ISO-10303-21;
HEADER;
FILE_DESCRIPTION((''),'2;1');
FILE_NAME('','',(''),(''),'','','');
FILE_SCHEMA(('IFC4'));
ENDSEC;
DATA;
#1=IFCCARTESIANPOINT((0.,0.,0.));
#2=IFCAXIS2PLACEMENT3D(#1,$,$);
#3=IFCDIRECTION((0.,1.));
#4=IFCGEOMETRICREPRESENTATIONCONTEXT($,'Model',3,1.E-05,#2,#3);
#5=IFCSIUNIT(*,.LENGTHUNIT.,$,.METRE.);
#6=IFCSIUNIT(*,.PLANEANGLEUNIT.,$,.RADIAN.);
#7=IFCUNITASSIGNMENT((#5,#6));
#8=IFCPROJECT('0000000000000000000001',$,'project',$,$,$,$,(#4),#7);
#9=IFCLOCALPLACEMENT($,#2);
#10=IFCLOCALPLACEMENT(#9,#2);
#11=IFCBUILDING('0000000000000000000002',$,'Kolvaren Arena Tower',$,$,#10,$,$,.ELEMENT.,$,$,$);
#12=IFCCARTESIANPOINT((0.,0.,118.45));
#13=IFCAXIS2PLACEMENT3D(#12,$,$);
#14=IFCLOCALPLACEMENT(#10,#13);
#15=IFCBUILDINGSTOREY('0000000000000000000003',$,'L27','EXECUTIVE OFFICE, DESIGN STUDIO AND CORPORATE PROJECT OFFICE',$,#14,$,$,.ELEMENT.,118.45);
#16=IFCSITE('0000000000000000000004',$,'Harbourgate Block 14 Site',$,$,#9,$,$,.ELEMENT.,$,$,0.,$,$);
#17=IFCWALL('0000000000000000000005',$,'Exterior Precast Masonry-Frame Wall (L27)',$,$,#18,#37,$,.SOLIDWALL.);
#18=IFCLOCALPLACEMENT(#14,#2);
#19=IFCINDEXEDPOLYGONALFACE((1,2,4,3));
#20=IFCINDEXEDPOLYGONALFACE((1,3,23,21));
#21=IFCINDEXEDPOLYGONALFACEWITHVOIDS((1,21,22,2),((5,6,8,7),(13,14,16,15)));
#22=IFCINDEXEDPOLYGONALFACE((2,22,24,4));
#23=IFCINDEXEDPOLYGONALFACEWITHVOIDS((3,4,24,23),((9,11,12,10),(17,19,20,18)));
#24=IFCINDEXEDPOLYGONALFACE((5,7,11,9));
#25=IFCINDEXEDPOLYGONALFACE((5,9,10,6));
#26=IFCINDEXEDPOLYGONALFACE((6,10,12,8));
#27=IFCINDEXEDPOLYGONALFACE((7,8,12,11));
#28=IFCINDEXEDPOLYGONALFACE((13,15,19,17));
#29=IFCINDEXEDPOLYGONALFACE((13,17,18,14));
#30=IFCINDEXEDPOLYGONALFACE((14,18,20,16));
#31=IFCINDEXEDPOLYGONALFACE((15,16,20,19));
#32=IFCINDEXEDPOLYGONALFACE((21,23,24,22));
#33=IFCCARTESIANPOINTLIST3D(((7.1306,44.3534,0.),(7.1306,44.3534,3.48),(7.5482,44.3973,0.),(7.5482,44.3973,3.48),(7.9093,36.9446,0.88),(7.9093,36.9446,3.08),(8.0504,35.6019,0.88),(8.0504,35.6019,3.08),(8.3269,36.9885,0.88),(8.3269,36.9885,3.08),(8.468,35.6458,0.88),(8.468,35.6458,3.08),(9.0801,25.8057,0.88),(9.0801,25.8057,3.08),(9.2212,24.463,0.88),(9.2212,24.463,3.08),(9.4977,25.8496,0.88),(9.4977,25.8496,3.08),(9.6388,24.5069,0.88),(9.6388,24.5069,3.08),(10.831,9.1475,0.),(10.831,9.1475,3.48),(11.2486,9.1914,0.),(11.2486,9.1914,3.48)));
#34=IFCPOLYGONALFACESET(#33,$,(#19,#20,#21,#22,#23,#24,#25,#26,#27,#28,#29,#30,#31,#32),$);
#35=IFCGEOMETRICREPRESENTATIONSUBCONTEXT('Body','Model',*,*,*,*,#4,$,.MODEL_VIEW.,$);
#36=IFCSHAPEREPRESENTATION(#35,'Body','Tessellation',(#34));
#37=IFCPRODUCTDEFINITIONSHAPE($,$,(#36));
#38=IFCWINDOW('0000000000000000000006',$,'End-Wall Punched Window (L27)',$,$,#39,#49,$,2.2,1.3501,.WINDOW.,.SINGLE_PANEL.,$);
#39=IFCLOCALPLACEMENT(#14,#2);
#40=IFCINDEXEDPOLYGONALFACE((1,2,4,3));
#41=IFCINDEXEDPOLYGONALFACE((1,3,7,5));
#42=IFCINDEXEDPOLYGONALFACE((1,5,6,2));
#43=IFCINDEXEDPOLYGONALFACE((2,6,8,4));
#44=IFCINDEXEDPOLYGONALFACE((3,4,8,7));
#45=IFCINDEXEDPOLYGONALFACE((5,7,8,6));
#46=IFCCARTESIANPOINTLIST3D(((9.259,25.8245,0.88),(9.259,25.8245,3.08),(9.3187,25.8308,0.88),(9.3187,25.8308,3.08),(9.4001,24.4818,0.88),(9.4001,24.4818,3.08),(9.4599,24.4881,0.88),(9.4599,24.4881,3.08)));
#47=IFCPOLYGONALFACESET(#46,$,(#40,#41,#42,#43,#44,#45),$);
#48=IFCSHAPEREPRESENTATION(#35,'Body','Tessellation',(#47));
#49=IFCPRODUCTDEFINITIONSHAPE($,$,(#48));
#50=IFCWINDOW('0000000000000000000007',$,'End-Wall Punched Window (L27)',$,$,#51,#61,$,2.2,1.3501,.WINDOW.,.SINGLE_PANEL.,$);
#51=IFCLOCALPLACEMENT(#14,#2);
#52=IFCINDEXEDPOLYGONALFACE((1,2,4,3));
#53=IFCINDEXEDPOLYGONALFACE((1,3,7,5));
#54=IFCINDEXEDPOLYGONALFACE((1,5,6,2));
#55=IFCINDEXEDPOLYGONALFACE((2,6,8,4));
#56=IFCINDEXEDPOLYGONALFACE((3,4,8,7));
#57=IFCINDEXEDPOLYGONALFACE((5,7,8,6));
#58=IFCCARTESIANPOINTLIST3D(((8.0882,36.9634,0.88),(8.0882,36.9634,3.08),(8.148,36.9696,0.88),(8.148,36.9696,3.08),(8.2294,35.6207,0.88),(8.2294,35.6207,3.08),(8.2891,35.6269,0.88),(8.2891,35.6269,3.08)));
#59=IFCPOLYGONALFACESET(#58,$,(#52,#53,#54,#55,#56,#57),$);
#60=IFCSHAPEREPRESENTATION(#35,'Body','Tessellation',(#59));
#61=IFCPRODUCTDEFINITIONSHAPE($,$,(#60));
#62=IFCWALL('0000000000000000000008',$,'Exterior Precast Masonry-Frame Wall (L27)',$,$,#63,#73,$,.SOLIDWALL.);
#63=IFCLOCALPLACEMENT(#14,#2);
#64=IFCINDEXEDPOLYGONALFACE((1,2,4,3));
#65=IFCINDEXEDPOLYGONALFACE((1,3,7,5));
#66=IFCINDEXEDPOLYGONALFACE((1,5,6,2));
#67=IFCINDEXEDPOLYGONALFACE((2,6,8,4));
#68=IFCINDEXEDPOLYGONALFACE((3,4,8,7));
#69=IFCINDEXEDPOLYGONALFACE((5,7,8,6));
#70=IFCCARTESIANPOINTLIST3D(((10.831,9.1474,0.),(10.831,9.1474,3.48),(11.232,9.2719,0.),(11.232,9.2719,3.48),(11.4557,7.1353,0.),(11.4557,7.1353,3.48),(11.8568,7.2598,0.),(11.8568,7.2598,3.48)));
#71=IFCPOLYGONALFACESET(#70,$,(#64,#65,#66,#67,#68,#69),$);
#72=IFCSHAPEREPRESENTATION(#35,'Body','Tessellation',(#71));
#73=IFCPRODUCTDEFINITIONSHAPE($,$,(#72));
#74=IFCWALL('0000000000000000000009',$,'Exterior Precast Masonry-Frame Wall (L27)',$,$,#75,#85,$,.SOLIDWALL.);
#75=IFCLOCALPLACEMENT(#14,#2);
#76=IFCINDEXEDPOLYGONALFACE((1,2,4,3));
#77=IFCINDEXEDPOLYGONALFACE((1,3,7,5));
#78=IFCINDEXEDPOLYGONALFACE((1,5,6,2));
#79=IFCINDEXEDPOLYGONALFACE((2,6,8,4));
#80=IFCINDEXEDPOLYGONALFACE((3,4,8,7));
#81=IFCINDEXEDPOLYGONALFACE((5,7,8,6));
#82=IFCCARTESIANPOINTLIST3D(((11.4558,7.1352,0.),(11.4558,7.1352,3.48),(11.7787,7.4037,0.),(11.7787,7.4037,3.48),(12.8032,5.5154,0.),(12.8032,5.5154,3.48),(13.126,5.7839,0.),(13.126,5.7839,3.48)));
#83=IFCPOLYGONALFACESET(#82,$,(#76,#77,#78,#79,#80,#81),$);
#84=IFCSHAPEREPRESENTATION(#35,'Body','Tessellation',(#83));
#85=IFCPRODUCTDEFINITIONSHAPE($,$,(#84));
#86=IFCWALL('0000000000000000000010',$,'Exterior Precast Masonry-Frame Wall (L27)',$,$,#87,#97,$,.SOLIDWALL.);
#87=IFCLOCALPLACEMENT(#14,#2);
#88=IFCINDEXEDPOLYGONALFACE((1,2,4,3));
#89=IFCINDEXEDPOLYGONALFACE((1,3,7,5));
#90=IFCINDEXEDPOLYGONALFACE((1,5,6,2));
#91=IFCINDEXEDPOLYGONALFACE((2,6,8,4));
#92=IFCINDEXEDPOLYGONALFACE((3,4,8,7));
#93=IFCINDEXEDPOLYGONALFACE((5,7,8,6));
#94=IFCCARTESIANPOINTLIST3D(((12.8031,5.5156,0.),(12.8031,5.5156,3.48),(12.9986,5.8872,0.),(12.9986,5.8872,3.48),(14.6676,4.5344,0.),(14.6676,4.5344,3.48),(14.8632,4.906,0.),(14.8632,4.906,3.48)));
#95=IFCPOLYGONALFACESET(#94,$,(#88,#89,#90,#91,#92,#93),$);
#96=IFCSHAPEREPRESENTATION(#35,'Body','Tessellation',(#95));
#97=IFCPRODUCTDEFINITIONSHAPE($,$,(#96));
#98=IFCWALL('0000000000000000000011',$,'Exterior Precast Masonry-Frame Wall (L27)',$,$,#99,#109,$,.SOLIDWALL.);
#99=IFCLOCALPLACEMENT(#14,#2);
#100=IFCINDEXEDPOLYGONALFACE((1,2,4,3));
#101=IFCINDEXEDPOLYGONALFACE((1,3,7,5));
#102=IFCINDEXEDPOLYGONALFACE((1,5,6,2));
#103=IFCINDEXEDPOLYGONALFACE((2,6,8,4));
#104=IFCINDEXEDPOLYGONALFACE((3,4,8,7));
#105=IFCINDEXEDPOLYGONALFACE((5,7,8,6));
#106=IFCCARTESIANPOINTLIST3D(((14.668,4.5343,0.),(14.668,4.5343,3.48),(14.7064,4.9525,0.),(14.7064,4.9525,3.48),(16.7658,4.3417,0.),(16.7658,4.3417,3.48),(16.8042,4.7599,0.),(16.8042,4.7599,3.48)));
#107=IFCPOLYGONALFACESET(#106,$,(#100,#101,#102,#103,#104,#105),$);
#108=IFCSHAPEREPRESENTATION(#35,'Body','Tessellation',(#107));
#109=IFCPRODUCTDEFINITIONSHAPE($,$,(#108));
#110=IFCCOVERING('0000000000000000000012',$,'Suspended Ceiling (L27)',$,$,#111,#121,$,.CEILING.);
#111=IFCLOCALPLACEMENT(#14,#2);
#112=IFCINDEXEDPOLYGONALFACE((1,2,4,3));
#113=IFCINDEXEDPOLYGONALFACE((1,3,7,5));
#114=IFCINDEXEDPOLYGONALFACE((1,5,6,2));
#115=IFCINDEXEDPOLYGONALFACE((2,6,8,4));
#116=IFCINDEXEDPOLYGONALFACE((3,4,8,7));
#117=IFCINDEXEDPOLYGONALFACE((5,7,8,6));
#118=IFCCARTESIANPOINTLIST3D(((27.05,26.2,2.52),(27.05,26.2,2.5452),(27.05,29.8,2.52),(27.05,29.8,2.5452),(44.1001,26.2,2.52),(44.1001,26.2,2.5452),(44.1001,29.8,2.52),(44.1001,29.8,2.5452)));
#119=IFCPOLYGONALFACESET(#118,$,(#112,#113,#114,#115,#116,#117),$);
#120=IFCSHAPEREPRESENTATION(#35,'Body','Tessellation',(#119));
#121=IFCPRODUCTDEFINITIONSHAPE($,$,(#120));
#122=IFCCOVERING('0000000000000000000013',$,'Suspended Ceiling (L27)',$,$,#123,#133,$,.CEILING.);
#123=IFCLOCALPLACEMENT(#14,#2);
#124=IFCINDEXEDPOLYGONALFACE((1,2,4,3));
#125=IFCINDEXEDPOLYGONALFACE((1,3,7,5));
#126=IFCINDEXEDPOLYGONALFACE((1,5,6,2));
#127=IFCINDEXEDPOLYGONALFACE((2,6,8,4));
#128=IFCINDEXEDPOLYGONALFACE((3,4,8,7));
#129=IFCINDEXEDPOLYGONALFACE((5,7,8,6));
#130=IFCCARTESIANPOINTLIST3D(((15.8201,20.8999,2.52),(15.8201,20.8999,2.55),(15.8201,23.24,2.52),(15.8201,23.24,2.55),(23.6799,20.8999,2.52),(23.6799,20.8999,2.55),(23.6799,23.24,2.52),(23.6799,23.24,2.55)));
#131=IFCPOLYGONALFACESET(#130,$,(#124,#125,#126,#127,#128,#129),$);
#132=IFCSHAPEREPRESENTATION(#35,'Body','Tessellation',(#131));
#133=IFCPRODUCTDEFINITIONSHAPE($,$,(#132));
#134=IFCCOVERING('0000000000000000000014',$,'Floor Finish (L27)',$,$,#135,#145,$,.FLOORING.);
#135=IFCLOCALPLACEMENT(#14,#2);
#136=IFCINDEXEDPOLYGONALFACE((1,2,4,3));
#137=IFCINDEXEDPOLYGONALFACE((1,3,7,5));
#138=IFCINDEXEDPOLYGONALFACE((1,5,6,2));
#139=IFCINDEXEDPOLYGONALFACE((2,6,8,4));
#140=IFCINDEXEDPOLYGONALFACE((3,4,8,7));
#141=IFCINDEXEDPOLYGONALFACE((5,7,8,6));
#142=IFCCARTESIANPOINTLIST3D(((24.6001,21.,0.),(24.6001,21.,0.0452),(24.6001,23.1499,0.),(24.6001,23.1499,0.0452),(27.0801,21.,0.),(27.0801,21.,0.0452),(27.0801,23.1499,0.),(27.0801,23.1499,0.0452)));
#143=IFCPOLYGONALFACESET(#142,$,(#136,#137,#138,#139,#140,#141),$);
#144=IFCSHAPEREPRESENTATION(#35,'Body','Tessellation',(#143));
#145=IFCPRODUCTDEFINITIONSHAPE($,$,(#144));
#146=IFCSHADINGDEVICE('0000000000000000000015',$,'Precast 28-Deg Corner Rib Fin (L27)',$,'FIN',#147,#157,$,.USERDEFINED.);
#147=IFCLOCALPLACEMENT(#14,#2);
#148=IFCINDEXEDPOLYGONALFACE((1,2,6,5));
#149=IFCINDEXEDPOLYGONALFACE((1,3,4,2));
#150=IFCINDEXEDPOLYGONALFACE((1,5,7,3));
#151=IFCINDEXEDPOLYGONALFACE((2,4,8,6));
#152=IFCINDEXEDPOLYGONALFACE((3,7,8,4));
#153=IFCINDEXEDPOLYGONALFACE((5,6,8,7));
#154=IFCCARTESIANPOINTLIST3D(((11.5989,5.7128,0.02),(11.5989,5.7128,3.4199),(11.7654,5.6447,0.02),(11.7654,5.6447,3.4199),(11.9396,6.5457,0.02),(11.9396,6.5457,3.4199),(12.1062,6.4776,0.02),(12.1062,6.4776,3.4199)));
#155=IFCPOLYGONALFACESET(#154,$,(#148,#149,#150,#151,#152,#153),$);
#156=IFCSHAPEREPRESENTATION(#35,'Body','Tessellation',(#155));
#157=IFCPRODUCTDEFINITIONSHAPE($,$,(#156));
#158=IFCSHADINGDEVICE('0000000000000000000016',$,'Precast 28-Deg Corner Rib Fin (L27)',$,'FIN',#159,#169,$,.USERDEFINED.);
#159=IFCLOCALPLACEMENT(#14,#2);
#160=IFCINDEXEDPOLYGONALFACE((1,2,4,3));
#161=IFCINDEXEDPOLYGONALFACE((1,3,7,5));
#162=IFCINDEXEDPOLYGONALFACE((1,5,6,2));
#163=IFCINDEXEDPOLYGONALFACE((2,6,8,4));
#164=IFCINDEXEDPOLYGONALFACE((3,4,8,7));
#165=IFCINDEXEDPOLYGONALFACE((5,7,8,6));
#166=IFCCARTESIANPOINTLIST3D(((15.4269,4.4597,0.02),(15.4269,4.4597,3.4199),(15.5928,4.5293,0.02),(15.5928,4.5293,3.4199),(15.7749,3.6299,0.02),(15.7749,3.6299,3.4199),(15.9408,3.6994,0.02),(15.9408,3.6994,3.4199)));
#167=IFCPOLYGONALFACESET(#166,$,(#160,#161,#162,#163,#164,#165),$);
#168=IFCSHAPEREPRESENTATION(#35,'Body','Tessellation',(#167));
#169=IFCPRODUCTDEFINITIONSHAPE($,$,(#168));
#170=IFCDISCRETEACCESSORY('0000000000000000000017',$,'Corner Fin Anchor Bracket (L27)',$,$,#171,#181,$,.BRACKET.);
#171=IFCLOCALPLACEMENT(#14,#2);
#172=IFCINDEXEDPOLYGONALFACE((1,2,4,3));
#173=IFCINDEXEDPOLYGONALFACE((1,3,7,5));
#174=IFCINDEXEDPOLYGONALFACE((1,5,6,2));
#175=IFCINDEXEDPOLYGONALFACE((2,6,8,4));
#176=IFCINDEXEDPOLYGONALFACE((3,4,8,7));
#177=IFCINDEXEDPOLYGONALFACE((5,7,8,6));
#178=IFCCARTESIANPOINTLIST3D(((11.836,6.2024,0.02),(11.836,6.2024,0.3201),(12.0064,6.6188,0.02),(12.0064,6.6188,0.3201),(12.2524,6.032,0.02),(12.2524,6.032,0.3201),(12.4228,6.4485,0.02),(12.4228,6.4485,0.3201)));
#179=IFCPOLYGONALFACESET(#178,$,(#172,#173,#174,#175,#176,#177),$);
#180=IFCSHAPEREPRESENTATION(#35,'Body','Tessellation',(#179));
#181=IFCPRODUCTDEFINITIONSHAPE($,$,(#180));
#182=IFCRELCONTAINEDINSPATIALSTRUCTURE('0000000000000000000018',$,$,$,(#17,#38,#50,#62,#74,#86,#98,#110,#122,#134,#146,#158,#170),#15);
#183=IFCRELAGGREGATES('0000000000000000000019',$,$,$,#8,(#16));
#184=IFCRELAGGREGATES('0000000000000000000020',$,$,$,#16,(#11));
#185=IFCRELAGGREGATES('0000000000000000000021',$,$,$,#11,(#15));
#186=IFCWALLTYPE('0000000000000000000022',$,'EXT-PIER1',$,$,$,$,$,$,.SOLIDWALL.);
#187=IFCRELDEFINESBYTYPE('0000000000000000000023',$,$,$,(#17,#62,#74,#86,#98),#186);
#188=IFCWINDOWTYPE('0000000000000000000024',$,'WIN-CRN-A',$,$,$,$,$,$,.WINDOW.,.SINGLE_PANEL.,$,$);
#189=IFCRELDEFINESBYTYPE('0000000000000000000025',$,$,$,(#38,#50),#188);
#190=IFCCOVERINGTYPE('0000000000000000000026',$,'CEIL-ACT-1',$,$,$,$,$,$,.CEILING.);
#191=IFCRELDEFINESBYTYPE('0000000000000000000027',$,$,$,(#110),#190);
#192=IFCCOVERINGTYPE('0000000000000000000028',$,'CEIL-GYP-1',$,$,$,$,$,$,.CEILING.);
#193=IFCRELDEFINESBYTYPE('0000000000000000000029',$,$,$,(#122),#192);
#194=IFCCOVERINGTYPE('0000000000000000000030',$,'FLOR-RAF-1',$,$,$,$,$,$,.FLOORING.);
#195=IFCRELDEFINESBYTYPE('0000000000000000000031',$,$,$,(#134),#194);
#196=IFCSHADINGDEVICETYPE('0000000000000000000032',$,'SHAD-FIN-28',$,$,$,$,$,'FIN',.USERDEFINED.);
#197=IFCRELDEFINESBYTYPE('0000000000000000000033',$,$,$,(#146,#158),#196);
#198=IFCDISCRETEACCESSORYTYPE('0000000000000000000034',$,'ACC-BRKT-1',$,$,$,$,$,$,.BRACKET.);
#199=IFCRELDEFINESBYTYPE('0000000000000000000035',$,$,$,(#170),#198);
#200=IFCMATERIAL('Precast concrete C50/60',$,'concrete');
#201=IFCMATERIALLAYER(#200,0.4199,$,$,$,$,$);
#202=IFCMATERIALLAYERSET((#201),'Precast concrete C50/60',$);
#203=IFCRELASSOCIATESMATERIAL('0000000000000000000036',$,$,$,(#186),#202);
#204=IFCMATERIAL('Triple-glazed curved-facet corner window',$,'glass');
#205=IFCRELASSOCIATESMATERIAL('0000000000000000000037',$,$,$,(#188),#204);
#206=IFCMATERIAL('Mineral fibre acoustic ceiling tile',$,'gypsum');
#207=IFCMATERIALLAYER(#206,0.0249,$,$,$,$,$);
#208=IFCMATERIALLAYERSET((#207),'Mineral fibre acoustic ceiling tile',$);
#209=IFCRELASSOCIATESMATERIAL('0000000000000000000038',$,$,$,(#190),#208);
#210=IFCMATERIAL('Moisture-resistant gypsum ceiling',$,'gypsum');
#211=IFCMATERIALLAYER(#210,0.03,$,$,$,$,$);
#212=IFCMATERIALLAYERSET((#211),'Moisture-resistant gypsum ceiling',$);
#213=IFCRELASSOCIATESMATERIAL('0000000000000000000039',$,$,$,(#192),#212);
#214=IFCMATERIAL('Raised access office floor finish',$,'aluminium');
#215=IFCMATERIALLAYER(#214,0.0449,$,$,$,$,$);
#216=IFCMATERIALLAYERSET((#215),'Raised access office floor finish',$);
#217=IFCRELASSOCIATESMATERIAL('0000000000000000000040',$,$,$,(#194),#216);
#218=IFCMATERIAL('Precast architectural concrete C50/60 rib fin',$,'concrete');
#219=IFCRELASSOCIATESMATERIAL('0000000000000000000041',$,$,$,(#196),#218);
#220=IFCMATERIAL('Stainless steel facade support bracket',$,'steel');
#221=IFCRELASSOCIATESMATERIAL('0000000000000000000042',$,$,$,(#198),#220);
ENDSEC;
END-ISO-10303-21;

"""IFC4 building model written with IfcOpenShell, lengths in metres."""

from ifc_helpers import new_model, si_unit, direction, frame, frame_2d, origin, origin_2d, place, context, subcontext, project, spatial, polyline, rectangle, outline, extrude, material, layer, layer_set, type_object, element, fill, save


model = new_model("IFC4")

# Units and contexts
model_context = context("Model", 3, precision=1e-05, world=origin(), true_north=direction((0.0, 1.0)))
body_context = subcontext(model_context, "Body", "Model", "MODEL_VIEW")
ifc_project = project(units=[si_unit("LENGTHUNIT", "METRE"), si_unit("PLANEANGLEUNIT", "RADIAN")], contexts=[model_context])

# Site, building, storey
site_placement = place(None, origin())
site = spatial("IfcSite", under=ifc_project, at=site_placement, Name="Harbourgate Block 14 Site", CompositionType="ELEMENT", RefElevation=0.0)
building_placement = place(site_placement, origin())
building = spatial("IfcBuilding", under=site, at=building_placement, Name="Kolvaren Arena Tower", CompositionType="ELEMENT")
storey_placement = place(building_placement, frame((0.0, 0.0, 118.45)))
storey = spatial("IfcBuildingStorey", under=building, at=storey_placement, Name="L27", Description="EXECUTIVE OFFICE, DESIGN STUDIO AND CORPORATE PROJECT OFFICE", CompositionType="ELEMENT", Elevation=118.45)

# Wall, openings, windows
ifc_material_1 = material(Name="Precast concrete C50/60", Category="concrete")
ifc_layer_1 = layer(ifc_material_1, 0.4199)
ifc_layer_set_1 = layer_set([ifc_layer_1], Name="Precast concrete C50/60")
wall_type = type_object("IfcWallType", Name="EXT-PIER1", PredefinedType="SOLIDWALL", material=ifc_layer_set_1)
wall_1_placement = place(storey_placement, frame((11.0398, 9.1694, 0.0), z_axis=(0.0, 0.0, 1.0), x_axis=(-0.104532, 0.994522, 0.0)))
wall_1 = element("IfcWall", 1, at=wall_1_placement, inside=storey, type_object=wall_type, Name="Exterior Precast Masonry-Frame Wall (L27)", PredefinedType="SOLIDWALL", context=body_context, shape_type="SweptSolid", body=[
    extrude(rectangle(XDim=35.3999, YDim=0.4199, at=frame_2d((17.7, 0.0))), origin(), (0.0, 0.0, 1.0), 3.48),
])
opening_1_placement = place(wall_1_placement, frame((15.3999, 0.0, 0.8799)))
opening_1 = element("IfcOpeningElement", 2, at=opening_1_placement, cuts=wall_1, PredefinedType="OPENING", context=body_context, shape_type="SweptSolid", body=[
    extrude(rectangle(XDim=1.3501, YDim=2.2, at=frame_2d((0.675, 1.1001))), frame((0.0, 0.22, 0.0), z_axis=(0.0, -1.0, 0.0), x_axis=(1.0, 0.0, 0.0)), (0.0, 0.0, 1.0), 0.4399),
])
opening_2_placement = place(wall_1_placement, frame((26.6001, 0.0, 0.8799)))
opening_2 = element("IfcOpeningElement", 3, at=opening_2_placement, cuts=wall_1, PredefinedType="OPENING", context=body_context, shape_type="SweptSolid", body=[
    extrude(rectangle(XDim=1.3501, YDim=2.2, at=frame_2d((0.675, 1.1001))), frame((0.0, 0.22, 0.0), z_axis=(0.0, -1.0, 0.0), x_axis=(1.0, 0.0, 0.0)), (0.0, 0.0, 1.0), 0.4399),
])
ifc_material_2 = material(Name="Triple-glazed curved-facet corner window", Category="glass")
window_type = type_object("IfcWindowType", Name="WIN-CRN-A", PartitioningType="SINGLE_PANEL", PredefinedType="WINDOW", material=ifc_material_2)
window_1_placement = place(opening_1_placement, origin())
window_1 = element("IfcWindow", 4, at=window_1_placement, inside=storey, type_object=window_type, Name="End-Wall Punched Window (L27)", OverallHeight=2.2, OverallWidth=1.3501, PartitioningType="SINGLE_PANEL", PredefinedType="WINDOW", context=body_context, shape_type="SweptSolid", body=[
    extrude(rectangle(XDim=1.3501, YDim=2.2, at=frame_2d((0.675, 1.1001))), frame((0.0, 0.03, 0.0), z_axis=(0.0, -1.0, 0.0), x_axis=(1.0, 0.0, 0.0)), (0.0, 0.0, 1.0), 0.0601),
])
fill(opening_1, window_1)
window_2_placement = place(opening_2_placement, origin())
window_2 = element("IfcWindow", 5, at=window_2_placement, inside=storey, type_object=window_type, Name="End-Wall Punched Window (L27)", OverallHeight=2.2, OverallWidth=1.3501, PartitioningType="SINGLE_PANEL", PredefinedType="WINDOW", context=body_context, shape_type="SweptSolid", body=[
    extrude(rectangle(XDim=1.3501, YDim=2.2, at=frame_2d((0.675, 1.1001))), frame((0.0, 0.03, 0.0), z_axis=(0.0, -1.0, 0.0), x_axis=(1.0, 0.0, 0.0)), (0.0, 0.0, 1.0), 0.0601),
])
fill(opening_2, window_2)

# Walls
for number, where, z_axis, x_axis, name in (
    (6, (11.6562, 7.1975, 0.0), (0.0, 0.0, 1.0), (-0.296519, 0.955027, 0.0), "Exterior Precast Masonry-Frame Wall (L27)"),
    (7, (12.9646, 5.6497, 0.0), (0.0, 0.0, 1.0), (-0.639489, 0.7688, 0.0), "Exterior Precast Masonry-Frame Wall (L27)"),
    (8, (14.7654, 4.7202, 0.0), (0.0, 0.0, 1.0), (-0.884941, 0.465703, 0.0), "Exterior Precast Masonry-Frame Wall (L27)"),
):
    element("IfcWall", number, at=place(storey_placement, frame(where, z_axis=z_axis, x_axis=x_axis)), inside=storey, type_object=wall_type, Name=name, PredefinedType="SOLIDWALL", context=body_context, shape_type="SweptSolid", body=[
        extrude(rectangle(XDim=2.1069, YDim=0.4199, at=frame_2d((1.0535, 0.0))), origin(), (0.0, 0.0, 1.0), 3.48),
    ])
wall_2_placement = place(storey_placement, frame((16.7849, 4.5508, 0.0), z_axis=(0.0, 0.0, 1.0), x_axis=(-0.995811, 0.091434, 0.0)))
element("IfcWall", 9, at=wall_2_placement, inside=storey, type_object=wall_type, Name="Exterior Precast Masonry-Frame Wall (L27)", PredefinedType="SOLIDWALL", context=body_context, shape_type="SweptSolid", body=[
    extrude(rectangle(XDim=2.1067, YDim=0.4199, at=frame_2d((1.0532, 0.0))), origin(), (0.0, 0.0, 1.0), 3.48),
])

# Coverings
ifc_material_3 = material(Name="Mineral fibre acoustic ceiling tile", Category="gypsum")
ifc_layer_2 = layer(ifc_material_3, 0.0249)
ifc_layer_set_2 = layer_set([ifc_layer_2], Name="Mineral fibre acoustic ceiling tile")
covering_type_1 = type_object("IfcCoveringType", Name="CEIL-ACT-1", PredefinedType="CEILING", material=ifc_layer_set_2)
covering_1_placement = place(storey_placement, frame((0.0, 0.0, 2.52)))
element("IfcCovering", 10, at=covering_1_placement, inside=storey, type_object=covering_type_1, Name="Suspended Ceiling (L27)", PredefinedType="CEILING", context=body_context, shape_type="SweptSolid", body=[
    extrude(outline(polyline([(27.05, 26.2), (27.05, 29.8), (44.1001, 29.8), (44.1001, 26.2), (27.05, 26.2)])), origin(), (0.0, 0.0, 1.0), 0.0251),
])
ifc_material_4 = material(Name="Moisture-resistant gypsum ceiling", Category="gypsum")
ifc_layer_3 = layer(ifc_material_4, 0.03)
ifc_layer_set_3 = layer_set([ifc_layer_3], Name="Moisture-resistant gypsum ceiling")
covering_type_2 = type_object("IfcCoveringType", Name="CEIL-GYP-1", PredefinedType="CEILING", material=ifc_layer_set_3)
covering_2_placement = place(storey_placement, frame((0.0, 0.0, 2.52)))
element("IfcCovering", 11, at=covering_2_placement, inside=storey, type_object=covering_type_2, Name="Suspended Ceiling (L27)", PredefinedType="CEILING", context=body_context, shape_type="SweptSolid", body=[
    extrude(outline(polyline([(15.8201, 20.8999), (15.8201, 23.24), (23.6799, 23.24), (23.6799, 20.8999), (15.8201, 20.8999)])), origin(), (0.0, 0.0, 1.0), 0.03),
])
ifc_material_5 = material(Name="Raised access office floor finish", Category="aluminium")
ifc_layer_4 = layer(ifc_material_5, 0.0449)
ifc_layer_set_4 = layer_set([ifc_layer_4], Name="Raised access office floor finish")
covering_type_3 = type_object("IfcCoveringType", Name="FLOR-RAF-1", PredefinedType="FLOORING", material=ifc_layer_set_4)
covering_3_placement = place(storey_placement, origin())
element("IfcCovering", 12, at=covering_3_placement, inside=storey, type_object=covering_type_3, Name="Floor Finish (L27)", PredefinedType="FLOORING", context=body_context, shape_type="SweptSolid", body=[
    extrude(outline(polyline([(24.6001, 21.0), (24.6001, 23.1499), (27.0801, 23.1499), (27.0801, 21.0), (24.6001, 21.0)])), origin(), (0.0, 0.0, 1.0), 0.0452),
])

# Shading devices
ifc_material_6 = material(Name="Precast architectural concrete C50/60 rib fin", Category="concrete")
shading_device_type = type_object("IfcShadingDeviceType", Name="SHAD-FIN-28", ElementType="FIN", PredefinedType="USERDEFINED", material=ifc_material_6)
for number, where, z_axis, x_axis, name in (
    (13, (11.8525, 6.0952, 0.02), (0.0, 0.0, 1.0), (-0.378634, -0.925546, 0.0), "Precast 28-Deg Corner Rib Fin (L27)"),
    (14, (15.6838, 4.0796, 0.02), (0.0, 0.0, 1.0), (0.386706, -0.922203, 0.0), "Precast 28-Deg Corner Rib Fin (L27)"),
):
    element("IfcShadingDevice", number, at=place(storey_placement, frame(where, z_axis=z_axis, x_axis=x_axis)), inside=storey, type_object=shading_device_type, Name=name, ObjectType="FIN", PredefinedType="USERDEFINED", context=body_context, shape_type="SweptSolid", body=[
        extrude(rectangle(XDim=0.8999, YDim=0.1799, at=origin_2d()), origin(), (0.0, 0.0, 1.0), 3.3999),
    ])

# Discrete accessory
ifc_material_7 = material(Name="Stainless steel facade support bracket", Category="steel")
discrete_accessory_type = type_object("IfcDiscreteAccessoryType", Name="ACC-BRKT-1", PredefinedType="BRACKET", material=ifc_material_7)
for number, where, z_axis, x_axis, name in (
    (15, (12.1294, 6.3254, 0.02), (0.0, 0.0, 1.0), (-0.378634, -0.925546, 0.0), "Corner Fin Anchor Bracket (L27)"),
):
    element("IfcDiscreteAccessory", number, at=place(storey_placement, frame(where, z_axis=z_axis, x_axis=x_axis)), inside=storey, type_object=discrete_accessory_type, Name=name, PredefinedType="BRACKET", context=body_context, shape_type="SweptSolid", body=[
        extrude(rectangle(XDim=0.45, YDim=0.45, at=origin_2d()), origin(), (0.0, 0.0, 1.0), 0.3),
    ])

save(model, "model.ifc")
